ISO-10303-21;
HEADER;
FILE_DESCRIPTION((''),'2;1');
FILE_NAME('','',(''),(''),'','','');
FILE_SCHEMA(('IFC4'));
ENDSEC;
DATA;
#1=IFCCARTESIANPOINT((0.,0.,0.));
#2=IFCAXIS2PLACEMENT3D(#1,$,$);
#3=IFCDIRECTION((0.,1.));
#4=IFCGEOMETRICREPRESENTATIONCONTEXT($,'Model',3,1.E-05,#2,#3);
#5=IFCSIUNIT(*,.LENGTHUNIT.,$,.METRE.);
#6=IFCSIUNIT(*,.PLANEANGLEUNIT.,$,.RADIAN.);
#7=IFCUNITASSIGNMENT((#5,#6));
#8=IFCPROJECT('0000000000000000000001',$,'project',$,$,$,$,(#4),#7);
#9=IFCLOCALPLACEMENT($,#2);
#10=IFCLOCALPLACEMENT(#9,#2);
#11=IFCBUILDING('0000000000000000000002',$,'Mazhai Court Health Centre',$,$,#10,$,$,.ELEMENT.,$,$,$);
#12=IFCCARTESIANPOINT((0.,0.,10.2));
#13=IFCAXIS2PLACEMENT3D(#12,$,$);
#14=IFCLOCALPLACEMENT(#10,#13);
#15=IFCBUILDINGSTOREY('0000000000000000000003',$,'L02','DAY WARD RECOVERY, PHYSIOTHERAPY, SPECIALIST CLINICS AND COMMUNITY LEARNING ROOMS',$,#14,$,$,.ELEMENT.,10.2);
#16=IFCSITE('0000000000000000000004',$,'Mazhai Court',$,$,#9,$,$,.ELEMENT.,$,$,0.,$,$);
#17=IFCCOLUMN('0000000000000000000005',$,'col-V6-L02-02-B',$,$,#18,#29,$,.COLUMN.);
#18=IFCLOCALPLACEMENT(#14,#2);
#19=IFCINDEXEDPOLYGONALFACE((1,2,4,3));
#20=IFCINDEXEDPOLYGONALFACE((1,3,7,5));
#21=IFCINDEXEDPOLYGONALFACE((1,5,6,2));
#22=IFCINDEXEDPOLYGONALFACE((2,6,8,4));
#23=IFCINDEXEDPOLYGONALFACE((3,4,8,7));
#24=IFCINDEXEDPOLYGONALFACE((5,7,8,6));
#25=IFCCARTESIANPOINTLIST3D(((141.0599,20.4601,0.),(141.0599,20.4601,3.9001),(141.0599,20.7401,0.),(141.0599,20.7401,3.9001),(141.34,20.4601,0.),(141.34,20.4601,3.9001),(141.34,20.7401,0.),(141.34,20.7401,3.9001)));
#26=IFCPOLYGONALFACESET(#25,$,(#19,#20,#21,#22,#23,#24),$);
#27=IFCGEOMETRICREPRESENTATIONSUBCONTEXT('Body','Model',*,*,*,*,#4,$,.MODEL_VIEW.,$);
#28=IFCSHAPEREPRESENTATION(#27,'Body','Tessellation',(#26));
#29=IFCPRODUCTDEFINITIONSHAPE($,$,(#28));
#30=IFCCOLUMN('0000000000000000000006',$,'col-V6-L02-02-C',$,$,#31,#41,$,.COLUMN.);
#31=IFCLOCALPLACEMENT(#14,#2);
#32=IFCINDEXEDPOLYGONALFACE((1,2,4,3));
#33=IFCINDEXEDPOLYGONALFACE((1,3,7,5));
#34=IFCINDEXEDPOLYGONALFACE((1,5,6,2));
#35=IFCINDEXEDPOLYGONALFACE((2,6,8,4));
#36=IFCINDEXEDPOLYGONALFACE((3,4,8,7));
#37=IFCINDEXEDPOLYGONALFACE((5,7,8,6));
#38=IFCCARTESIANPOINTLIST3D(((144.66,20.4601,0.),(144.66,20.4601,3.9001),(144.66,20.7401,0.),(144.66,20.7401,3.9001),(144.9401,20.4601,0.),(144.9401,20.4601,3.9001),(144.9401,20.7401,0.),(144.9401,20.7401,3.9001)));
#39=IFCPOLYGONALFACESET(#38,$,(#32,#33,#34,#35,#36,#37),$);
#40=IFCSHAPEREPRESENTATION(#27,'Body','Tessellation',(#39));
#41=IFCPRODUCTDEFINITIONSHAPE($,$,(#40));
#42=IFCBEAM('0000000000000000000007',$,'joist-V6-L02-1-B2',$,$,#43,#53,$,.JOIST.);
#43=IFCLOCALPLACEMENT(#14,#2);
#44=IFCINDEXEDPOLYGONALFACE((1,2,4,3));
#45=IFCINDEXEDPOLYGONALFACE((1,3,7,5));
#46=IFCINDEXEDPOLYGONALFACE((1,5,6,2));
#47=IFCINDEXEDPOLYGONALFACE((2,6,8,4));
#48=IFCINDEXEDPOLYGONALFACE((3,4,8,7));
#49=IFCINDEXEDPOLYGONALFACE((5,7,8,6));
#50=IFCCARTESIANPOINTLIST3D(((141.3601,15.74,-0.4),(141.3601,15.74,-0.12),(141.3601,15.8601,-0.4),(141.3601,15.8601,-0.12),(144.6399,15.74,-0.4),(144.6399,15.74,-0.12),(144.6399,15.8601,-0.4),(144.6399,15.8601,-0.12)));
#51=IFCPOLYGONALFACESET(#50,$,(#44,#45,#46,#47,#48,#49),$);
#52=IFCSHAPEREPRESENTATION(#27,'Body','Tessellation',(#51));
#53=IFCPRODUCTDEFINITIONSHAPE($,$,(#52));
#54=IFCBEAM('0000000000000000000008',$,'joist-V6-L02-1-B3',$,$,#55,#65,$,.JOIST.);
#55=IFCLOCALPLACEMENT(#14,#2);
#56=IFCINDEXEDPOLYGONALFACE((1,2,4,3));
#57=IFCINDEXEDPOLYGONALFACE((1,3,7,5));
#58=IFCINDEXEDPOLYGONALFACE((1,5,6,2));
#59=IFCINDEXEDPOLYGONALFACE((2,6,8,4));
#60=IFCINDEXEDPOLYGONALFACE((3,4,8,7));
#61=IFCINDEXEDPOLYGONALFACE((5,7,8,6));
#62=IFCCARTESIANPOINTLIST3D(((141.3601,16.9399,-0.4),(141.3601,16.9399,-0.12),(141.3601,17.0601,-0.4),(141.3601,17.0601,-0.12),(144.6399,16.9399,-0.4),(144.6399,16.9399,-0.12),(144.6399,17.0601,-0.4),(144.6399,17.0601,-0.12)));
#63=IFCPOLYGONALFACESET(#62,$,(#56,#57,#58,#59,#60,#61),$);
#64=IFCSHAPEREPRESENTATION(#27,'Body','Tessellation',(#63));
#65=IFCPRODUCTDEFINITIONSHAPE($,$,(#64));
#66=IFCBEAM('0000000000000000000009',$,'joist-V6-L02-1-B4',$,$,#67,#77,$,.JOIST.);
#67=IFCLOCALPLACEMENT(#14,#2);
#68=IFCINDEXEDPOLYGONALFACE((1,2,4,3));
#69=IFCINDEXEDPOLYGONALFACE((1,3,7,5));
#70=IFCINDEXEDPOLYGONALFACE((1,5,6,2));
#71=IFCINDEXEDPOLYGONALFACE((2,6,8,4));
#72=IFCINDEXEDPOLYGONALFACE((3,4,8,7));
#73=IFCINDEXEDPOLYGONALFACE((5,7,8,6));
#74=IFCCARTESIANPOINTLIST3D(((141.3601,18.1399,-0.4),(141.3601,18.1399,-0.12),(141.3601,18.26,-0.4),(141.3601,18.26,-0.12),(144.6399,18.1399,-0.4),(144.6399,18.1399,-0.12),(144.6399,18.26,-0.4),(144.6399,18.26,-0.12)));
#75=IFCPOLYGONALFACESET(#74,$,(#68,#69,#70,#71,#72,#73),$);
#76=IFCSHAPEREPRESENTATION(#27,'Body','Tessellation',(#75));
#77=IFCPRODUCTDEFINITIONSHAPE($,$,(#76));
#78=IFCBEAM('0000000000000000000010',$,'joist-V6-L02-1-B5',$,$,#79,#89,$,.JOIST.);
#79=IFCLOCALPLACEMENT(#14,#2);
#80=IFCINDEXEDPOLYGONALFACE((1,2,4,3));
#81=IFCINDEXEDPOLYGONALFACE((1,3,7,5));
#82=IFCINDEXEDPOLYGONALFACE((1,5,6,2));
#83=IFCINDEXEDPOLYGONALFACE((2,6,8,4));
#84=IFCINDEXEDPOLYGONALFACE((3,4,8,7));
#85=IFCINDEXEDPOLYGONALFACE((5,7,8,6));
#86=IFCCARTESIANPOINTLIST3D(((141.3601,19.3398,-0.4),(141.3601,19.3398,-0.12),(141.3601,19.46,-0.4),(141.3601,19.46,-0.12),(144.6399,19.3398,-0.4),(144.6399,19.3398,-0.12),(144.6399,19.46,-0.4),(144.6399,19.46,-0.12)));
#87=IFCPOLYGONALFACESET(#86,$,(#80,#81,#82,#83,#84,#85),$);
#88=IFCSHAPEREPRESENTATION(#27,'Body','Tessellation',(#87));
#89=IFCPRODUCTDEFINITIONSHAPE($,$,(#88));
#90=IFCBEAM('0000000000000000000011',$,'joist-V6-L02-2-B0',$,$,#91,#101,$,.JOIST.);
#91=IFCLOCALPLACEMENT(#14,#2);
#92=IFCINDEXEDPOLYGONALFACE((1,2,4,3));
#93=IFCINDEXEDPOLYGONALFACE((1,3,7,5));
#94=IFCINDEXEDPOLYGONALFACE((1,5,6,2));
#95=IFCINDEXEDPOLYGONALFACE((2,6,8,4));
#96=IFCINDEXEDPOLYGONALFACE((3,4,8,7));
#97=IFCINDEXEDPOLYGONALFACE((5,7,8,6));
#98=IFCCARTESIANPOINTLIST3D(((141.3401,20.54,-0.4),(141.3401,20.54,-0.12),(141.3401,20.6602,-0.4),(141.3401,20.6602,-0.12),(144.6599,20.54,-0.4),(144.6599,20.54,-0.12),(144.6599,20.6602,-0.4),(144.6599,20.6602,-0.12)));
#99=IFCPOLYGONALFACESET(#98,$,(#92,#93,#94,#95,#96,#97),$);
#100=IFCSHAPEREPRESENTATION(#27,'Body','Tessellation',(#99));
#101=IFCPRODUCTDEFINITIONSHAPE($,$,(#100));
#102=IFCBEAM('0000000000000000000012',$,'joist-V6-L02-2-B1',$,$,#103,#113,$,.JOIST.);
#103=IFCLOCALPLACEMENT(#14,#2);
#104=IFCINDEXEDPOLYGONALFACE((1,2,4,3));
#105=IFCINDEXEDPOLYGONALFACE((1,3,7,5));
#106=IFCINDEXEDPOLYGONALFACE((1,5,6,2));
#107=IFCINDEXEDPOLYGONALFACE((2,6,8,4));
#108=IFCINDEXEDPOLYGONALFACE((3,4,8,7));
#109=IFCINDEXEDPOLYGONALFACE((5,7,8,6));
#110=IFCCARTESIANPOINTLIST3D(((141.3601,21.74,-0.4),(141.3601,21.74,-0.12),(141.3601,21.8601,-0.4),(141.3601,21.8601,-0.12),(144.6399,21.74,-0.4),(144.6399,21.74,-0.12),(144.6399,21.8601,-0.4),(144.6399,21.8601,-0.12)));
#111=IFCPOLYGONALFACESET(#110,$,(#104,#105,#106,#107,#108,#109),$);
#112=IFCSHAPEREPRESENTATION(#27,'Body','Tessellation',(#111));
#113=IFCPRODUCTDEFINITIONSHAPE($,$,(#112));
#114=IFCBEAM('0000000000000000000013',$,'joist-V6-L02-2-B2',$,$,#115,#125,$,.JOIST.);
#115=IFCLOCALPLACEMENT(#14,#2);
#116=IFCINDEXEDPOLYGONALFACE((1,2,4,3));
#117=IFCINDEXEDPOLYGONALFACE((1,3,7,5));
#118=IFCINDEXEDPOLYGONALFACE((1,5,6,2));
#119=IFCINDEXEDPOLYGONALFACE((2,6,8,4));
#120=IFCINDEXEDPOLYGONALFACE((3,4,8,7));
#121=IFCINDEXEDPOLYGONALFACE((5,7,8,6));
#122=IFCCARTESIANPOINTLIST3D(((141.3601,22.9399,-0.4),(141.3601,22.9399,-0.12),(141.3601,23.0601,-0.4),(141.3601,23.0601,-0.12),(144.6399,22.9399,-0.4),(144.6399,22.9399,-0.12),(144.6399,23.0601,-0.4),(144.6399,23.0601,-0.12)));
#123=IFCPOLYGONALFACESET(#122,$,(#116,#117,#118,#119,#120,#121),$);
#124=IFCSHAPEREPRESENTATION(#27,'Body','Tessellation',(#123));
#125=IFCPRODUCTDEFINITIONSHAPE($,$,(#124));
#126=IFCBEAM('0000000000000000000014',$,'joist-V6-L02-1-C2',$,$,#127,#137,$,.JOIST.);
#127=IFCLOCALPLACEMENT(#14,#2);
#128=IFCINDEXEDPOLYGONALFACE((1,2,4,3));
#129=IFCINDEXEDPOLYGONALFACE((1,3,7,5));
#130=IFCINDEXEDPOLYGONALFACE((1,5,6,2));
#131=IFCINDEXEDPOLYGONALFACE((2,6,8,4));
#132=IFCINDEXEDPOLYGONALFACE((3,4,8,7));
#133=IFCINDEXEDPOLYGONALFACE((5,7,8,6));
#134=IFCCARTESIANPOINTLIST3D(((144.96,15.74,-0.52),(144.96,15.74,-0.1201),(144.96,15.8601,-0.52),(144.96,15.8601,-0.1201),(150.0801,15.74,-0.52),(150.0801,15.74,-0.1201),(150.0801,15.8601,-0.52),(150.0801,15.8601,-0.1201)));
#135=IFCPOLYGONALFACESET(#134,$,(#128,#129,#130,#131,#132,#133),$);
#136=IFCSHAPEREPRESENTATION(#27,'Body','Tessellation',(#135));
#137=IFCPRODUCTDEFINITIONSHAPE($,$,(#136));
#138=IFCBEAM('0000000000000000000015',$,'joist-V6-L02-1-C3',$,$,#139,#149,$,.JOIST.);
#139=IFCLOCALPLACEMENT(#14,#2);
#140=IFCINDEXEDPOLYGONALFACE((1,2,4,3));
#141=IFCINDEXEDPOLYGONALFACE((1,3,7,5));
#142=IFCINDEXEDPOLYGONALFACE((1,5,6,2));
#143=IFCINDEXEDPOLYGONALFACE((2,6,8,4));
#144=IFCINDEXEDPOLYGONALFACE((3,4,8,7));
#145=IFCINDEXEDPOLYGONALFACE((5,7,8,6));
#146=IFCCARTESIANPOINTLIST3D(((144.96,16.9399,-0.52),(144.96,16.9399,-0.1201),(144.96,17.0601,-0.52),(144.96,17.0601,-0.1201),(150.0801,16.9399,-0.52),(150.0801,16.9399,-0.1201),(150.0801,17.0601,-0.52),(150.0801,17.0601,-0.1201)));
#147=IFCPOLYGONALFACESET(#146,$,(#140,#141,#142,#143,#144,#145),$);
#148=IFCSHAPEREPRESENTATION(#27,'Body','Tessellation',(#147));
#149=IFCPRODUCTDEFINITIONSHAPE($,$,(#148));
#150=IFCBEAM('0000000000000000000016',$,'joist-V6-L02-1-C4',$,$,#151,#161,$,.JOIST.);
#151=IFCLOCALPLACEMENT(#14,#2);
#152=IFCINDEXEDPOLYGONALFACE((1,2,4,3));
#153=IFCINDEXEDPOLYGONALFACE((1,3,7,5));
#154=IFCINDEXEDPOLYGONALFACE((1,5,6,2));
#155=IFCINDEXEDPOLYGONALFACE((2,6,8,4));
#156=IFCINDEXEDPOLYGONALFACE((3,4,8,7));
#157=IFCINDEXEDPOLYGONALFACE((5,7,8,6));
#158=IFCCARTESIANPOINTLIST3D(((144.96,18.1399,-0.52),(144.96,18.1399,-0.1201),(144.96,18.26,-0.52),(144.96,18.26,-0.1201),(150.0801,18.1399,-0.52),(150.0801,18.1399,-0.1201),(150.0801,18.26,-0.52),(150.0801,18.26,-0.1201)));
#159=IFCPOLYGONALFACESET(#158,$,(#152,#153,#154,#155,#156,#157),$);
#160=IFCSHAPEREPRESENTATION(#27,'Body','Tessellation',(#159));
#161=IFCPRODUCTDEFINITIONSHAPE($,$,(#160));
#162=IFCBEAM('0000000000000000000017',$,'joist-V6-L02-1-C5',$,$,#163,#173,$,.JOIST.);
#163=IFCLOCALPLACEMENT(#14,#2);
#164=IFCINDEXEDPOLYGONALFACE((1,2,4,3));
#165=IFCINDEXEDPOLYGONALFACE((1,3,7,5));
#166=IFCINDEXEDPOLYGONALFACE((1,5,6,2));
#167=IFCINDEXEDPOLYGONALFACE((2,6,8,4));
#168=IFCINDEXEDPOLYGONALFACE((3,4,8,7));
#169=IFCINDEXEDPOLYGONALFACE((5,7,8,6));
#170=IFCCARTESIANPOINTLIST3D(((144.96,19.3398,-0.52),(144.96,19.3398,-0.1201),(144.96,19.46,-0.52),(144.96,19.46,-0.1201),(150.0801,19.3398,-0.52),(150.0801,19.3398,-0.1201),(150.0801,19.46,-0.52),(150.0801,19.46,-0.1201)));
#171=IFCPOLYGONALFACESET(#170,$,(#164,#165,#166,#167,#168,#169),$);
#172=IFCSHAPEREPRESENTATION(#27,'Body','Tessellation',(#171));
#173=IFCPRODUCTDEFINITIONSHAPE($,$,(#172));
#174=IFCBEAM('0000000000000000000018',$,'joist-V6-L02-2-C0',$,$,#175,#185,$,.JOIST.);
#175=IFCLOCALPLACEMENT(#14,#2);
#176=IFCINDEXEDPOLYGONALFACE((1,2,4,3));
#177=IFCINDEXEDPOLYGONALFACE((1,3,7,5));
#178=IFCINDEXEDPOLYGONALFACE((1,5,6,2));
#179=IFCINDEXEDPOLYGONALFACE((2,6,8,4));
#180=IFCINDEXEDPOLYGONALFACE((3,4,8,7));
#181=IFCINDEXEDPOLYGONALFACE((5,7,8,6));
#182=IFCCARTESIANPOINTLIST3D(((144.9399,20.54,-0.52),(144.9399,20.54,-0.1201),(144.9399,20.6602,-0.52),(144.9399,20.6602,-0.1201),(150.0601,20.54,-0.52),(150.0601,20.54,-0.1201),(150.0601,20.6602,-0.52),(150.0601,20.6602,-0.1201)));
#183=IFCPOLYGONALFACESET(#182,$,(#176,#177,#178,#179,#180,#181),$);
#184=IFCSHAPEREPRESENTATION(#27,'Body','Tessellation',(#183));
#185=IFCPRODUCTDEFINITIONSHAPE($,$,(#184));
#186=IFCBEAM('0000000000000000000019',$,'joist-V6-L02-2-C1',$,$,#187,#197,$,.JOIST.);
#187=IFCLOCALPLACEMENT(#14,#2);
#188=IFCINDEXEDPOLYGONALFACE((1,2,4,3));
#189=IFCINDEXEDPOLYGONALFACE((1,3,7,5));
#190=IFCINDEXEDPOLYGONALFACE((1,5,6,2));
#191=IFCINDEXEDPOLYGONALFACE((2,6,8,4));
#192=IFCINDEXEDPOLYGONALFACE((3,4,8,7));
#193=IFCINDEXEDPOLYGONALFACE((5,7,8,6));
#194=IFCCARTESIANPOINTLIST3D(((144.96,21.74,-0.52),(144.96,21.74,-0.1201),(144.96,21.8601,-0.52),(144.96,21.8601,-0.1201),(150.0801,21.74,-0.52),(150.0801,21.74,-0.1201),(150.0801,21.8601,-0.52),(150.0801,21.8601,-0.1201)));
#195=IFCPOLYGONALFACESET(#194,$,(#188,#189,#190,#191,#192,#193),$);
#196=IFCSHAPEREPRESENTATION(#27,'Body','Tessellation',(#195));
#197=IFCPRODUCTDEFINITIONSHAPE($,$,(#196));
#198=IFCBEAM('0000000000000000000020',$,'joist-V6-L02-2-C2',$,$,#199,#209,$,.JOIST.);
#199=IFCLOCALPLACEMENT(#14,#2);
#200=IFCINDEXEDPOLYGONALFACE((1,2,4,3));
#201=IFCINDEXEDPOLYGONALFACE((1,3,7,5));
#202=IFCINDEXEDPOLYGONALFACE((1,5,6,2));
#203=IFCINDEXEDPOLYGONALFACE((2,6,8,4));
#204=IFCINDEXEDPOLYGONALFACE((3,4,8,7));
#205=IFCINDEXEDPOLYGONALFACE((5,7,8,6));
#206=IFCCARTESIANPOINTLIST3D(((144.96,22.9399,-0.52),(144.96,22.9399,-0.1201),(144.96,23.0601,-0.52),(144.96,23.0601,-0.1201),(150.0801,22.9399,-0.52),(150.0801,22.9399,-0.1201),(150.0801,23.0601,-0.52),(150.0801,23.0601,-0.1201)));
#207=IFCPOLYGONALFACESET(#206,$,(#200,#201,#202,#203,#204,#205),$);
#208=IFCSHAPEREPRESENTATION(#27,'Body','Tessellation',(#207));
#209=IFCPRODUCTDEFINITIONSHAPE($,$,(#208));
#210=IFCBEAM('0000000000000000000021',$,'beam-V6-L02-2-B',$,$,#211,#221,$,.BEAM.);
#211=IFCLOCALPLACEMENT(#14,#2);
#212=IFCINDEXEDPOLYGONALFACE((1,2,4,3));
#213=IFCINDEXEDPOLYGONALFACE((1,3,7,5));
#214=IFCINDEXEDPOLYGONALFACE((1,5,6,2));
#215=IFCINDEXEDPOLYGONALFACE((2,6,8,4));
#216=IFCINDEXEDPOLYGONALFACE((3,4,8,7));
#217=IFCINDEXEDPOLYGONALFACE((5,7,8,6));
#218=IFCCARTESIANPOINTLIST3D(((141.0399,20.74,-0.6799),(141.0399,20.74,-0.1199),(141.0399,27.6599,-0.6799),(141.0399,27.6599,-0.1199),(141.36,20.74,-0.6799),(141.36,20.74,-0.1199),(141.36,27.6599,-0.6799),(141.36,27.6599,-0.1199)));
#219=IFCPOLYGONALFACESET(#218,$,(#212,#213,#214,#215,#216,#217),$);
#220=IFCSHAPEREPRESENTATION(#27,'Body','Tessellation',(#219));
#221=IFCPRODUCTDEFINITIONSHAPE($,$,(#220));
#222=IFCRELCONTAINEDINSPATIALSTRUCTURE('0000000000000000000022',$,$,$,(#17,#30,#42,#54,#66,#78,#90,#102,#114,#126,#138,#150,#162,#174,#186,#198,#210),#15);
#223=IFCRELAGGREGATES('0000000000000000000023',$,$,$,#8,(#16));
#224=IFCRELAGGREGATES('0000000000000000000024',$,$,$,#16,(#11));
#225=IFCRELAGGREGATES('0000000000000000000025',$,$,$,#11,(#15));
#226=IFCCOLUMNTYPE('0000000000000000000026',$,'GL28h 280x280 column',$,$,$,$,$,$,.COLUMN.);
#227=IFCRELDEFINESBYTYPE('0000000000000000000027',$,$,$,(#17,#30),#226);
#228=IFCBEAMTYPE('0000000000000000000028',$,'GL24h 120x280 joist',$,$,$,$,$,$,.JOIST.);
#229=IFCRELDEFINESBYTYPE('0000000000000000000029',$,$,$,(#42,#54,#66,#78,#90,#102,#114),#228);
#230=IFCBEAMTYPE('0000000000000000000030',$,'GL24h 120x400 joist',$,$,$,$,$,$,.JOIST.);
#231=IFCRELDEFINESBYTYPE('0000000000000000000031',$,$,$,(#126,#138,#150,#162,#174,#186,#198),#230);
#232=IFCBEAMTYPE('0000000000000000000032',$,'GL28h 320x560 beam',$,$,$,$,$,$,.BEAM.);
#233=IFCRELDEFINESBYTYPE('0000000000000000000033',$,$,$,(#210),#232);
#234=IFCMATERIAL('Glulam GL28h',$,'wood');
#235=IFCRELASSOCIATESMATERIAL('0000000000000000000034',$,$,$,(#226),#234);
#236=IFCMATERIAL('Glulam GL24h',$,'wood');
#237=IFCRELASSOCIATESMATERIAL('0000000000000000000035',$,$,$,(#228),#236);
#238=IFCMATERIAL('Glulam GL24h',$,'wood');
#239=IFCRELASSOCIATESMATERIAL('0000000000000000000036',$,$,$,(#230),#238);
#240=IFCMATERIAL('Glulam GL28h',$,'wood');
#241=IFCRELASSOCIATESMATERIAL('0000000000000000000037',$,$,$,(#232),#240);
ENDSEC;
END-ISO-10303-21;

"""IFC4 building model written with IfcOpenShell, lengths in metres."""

from ifc_helpers import new_model, si_unit, direction, frame, origin, origin_2d, place, context, subcontext, project, spatial, rectangle, extrude, material, material_profile, profile_set, type_object, element, save


model = new_model("IFC4")

# Units and contexts
model_context = context("Model", 3, precision=1e-05, world=origin(), true_north=direction((0.0, 1.0)))
body_context = subcontext(model_context, "Body", "Model", "MODEL_VIEW")
ifc_project = project(units=[si_unit("LENGTHUNIT", "METRE"), si_unit("PLANEANGLEUNIT", "RADIAN")], contexts=[model_context])

# Site, building, storey
site_placement = place(None, origin())
site = spatial("IfcSite", under=ifc_project, at=site_placement, Name="Mazhai Court", CompositionType="ELEMENT", RefElevation=0.0)
building_placement = place(site_placement, origin())
building = spatial("IfcBuilding", under=site, at=building_placement, Name="Mazhai Court Health Centre", CompositionType="ELEMENT")
storey_placement = place(building_placement, frame((0.0, 0.0, 10.2)))
storey = spatial("IfcBuildingStorey", under=building, at=storey_placement, Name="L02", Description="DAY WARD RECOVERY, PHYSIOTHERAPY, SPECIALIST CLINICS AND COMMUNITY LEARNING ROOMS", CompositionType="ELEMENT", Elevation=10.2)

# Columns
ifc_material_1 = material(Name="Glulam GL28h", Category="wood")
ifc_material_profile_1 = material_profile(ifc_material_1, rectangle(XDim=0.28, YDim=0.28, at=origin_2d()), Name="GL28h 280x280")
ifc_profile_set_1 = profile_set([ifc_material_profile_1], Name="Glulam GL28h")
column_type = type_object("IfcColumnType", Name="GL28h 280x280 column", PredefinedType="COLUMN", material=ifc_profile_set_1)
for number, where, z_axis, x_axis, name in (
    (1, (141.2, 20.6001, 0.0), (0.0, 0.0, 1.0), (1.0, 0.0, 0.0), "col-V6-L02-02-B"),
    (2, (144.8, 20.6001, 0.0), (0.0, 0.0, 1.0), (1.0, 0.0, 0.0), "col-V6-L02-02-C"),
):
    element("IfcColumn", number, at=place(storey_placement, frame(where, z_axis=z_axis, x_axis=x_axis)), inside=storey, type_object=column_type, Name=name, PredefinedType="COLUMN", context=body_context, shape_type="SweptSolid", body=[
        extrude(rectangle(XDim=0.28, YDim=0.28, at=origin_2d()), origin(), (0.0, 0.0, 1.0), 3.9001),
    ])

# Beams
ifc_material_2 = material(Name="Glulam GL24h", Category="wood")
ifc_material_profile_2 = material_profile(ifc_material_2, rectangle(XDim=0.1201, YDim=0.28, at=origin_2d()), Name="GL24h 120x280")
ifc_profile_set_2 = profile_set([ifc_material_profile_2], Name="Glulam GL24h")
beam_type_1 = type_object("IfcBeamType", Name="GL24h 120x280 joist", PredefinedType="JOIST", material=ifc_profile_set_2)
for number, where, z_axis, x_axis, name in (
    (3, (141.3601, 15.8, -0.26), (1.0, 0.0, 0.0), (0.0, 1.0, 0.0), "joist-V6-L02-1-B2"),
    (4, (141.3601, 17.0, -0.26), (1.0, 0.0, 0.0), (0.0, 1.0, 0.0), "joist-V6-L02-1-B3"),
    (5, (141.3601, 18.2, -0.26), (1.0, 0.0, 0.0), (0.0, 1.0, 0.0), "joist-V6-L02-1-B4"),
    (6, (141.3601, 19.3999, -0.26), (1.0, 0.0, 0.0), (0.0, 1.0, 0.0), "joist-V6-L02-1-B5"),
):
    element("IfcBeam", number, at=place(storey_placement, frame(where, z_axis=z_axis, x_axis=x_axis)), inside=storey, type_object=beam_type_1, Name=name, PredefinedType="JOIST", context=body_context, shape_type="SweptSolid", body=[
        extrude(rectangle(XDim=0.1201, YDim=0.28, at=origin_2d()), origin(), (0.0, 0.0, 1.0), 3.2798),
    ])
beam_placement = place(storey_placement, frame((141.3401, 20.6001, -0.26), z_axis=(1.0, 0.0, 0.0), x_axis=(0.0, 1.0, 0.0)))
element("IfcBeam", 7, at=beam_placement, inside=storey, type_object=beam_type_1, Name="joist-V6-L02-2-B0", PredefinedType="JOIST", context=body_context, shape_type="SweptSolid", body=[
    extrude(rectangle(XDim=0.1201, YDim=0.28, at=origin_2d()), origin(), (0.0, 0.0, 1.0), 3.3198),
])
for number, where, z_axis, x_axis, name in (
    (8, (141.3601, 21.8, -0.26), (1.0, 0.0, 0.0), (0.0, 1.0, 0.0), "joist-V6-L02-2-B1"),
    (9, (141.3601, 23.0, -0.26), (1.0, 0.0, 0.0), (0.0, 1.0, 0.0), "joist-V6-L02-2-B2"),
):
    element("IfcBeam", number, at=place(storey_placement, frame(where, z_axis=z_axis, x_axis=x_axis)), inside=storey, type_object=beam_type_1, Name=name, PredefinedType="JOIST", context=body_context, shape_type="SweptSolid", body=[
        extrude(rectangle(XDim=0.1201, YDim=0.28, at=origin_2d()), origin(), (0.0, 0.0, 1.0), 3.2798),
    ])
ifc_material_3 = material(Name="Glulam GL24h", Category="wood")
ifc_material_profile_3 = material_profile(ifc_material_3, rectangle(XDim=0.1201, YDim=0.3999, at=origin_2d()), Name="GL24h 120x400")
ifc_profile_set_3 = profile_set([ifc_material_profile_3], Name="Glulam GL24h")
beam_type_2 = type_object("IfcBeamType", Name="GL24h 120x400 joist", PredefinedType="JOIST", material=ifc_profile_set_3)
for number, where, z_axis, x_axis, name in (
    (10, (144.96, 15.8, -0.3201), (1.0, 0.0, 0.0), (0.0, 1.0, 0.0), "joist-V6-L02-1-C2"),
    (11, (144.96, 17.0, -0.3201), (1.0, 0.0, 0.0), (0.0, 1.0, 0.0), "joist-V6-L02-1-C3"),
    (12, (144.96, 18.2, -0.3201), (1.0, 0.0, 0.0), (0.0, 1.0, 0.0), "joist-V6-L02-1-C4"),
    (13, (144.96, 19.3999, -0.3201), (1.0, 0.0, 0.0), (0.0, 1.0, 0.0), "joist-V6-L02-1-C5"),
    (14, (144.9399, 20.6001, -0.3201), (1.0, 0.0, 0.0), (0.0, 1.0, 0.0), "joist-V6-L02-2-C0"),
    (15, (144.96, 21.8, -0.3201), (1.0, 0.0, 0.0), (0.0, 1.0, 0.0), "joist-V6-L02-2-C1"),
    (16, (144.96, 23.0, -0.3201), (1.0, 0.0, 0.0), (0.0, 1.0, 0.0), "joist-V6-L02-2-C2"),
):
    element("IfcBeam", number, at=place(storey_placement, frame(where, z_axis=z_axis, x_axis=x_axis)), inside=storey, type_object=beam_type_2, Name=name, PredefinedType="JOIST", context=body_context, shape_type="SweptSolid", body=[
        extrude(rectangle(XDim=0.1201, YDim=0.3999, at=origin_2d()), origin(), (0.0, 0.0, 1.0), 5.1201),
    ])
ifc_material_4 = material(Name="Glulam GL28h", Category="wood")
ifc_material_profile_4 = material_profile(ifc_material_4, rectangle(XDim=0.3201, YDim=0.5601, at=origin_2d()), Name="GL28h 320x560")
ifc_profile_set_4 = profile_set([ifc_material_profile_4], Name="Glulam GL28h")
beam_type_3 = type_object("IfcBeamType", Name="GL28h 320x560 beam", PredefinedType="BEAM", material=ifc_profile_set_4)
for number, where, z_axis, x_axis, name in (
    (17, (141.2, 20.74, -0.3999), (0.0, 1.0, 0.0), (-1.0, 0.0, 0.0), "beam-V6-L02-2-B"),
):
    element("IfcBeam", number, at=place(storey_placement, frame(where, z_axis=z_axis, x_axis=x_axis)), inside=storey, type_object=beam_type_3, Name=name, PredefinedType="BEAM", context=body_context, shape_type="SweptSolid", body=[
        extrude(rectangle(XDim=0.3201, YDim=0.5601, at=origin_2d()), origin(), (0.0, 0.0, 1.0), 6.9199),
    ])

save(model, "model.ifc")
